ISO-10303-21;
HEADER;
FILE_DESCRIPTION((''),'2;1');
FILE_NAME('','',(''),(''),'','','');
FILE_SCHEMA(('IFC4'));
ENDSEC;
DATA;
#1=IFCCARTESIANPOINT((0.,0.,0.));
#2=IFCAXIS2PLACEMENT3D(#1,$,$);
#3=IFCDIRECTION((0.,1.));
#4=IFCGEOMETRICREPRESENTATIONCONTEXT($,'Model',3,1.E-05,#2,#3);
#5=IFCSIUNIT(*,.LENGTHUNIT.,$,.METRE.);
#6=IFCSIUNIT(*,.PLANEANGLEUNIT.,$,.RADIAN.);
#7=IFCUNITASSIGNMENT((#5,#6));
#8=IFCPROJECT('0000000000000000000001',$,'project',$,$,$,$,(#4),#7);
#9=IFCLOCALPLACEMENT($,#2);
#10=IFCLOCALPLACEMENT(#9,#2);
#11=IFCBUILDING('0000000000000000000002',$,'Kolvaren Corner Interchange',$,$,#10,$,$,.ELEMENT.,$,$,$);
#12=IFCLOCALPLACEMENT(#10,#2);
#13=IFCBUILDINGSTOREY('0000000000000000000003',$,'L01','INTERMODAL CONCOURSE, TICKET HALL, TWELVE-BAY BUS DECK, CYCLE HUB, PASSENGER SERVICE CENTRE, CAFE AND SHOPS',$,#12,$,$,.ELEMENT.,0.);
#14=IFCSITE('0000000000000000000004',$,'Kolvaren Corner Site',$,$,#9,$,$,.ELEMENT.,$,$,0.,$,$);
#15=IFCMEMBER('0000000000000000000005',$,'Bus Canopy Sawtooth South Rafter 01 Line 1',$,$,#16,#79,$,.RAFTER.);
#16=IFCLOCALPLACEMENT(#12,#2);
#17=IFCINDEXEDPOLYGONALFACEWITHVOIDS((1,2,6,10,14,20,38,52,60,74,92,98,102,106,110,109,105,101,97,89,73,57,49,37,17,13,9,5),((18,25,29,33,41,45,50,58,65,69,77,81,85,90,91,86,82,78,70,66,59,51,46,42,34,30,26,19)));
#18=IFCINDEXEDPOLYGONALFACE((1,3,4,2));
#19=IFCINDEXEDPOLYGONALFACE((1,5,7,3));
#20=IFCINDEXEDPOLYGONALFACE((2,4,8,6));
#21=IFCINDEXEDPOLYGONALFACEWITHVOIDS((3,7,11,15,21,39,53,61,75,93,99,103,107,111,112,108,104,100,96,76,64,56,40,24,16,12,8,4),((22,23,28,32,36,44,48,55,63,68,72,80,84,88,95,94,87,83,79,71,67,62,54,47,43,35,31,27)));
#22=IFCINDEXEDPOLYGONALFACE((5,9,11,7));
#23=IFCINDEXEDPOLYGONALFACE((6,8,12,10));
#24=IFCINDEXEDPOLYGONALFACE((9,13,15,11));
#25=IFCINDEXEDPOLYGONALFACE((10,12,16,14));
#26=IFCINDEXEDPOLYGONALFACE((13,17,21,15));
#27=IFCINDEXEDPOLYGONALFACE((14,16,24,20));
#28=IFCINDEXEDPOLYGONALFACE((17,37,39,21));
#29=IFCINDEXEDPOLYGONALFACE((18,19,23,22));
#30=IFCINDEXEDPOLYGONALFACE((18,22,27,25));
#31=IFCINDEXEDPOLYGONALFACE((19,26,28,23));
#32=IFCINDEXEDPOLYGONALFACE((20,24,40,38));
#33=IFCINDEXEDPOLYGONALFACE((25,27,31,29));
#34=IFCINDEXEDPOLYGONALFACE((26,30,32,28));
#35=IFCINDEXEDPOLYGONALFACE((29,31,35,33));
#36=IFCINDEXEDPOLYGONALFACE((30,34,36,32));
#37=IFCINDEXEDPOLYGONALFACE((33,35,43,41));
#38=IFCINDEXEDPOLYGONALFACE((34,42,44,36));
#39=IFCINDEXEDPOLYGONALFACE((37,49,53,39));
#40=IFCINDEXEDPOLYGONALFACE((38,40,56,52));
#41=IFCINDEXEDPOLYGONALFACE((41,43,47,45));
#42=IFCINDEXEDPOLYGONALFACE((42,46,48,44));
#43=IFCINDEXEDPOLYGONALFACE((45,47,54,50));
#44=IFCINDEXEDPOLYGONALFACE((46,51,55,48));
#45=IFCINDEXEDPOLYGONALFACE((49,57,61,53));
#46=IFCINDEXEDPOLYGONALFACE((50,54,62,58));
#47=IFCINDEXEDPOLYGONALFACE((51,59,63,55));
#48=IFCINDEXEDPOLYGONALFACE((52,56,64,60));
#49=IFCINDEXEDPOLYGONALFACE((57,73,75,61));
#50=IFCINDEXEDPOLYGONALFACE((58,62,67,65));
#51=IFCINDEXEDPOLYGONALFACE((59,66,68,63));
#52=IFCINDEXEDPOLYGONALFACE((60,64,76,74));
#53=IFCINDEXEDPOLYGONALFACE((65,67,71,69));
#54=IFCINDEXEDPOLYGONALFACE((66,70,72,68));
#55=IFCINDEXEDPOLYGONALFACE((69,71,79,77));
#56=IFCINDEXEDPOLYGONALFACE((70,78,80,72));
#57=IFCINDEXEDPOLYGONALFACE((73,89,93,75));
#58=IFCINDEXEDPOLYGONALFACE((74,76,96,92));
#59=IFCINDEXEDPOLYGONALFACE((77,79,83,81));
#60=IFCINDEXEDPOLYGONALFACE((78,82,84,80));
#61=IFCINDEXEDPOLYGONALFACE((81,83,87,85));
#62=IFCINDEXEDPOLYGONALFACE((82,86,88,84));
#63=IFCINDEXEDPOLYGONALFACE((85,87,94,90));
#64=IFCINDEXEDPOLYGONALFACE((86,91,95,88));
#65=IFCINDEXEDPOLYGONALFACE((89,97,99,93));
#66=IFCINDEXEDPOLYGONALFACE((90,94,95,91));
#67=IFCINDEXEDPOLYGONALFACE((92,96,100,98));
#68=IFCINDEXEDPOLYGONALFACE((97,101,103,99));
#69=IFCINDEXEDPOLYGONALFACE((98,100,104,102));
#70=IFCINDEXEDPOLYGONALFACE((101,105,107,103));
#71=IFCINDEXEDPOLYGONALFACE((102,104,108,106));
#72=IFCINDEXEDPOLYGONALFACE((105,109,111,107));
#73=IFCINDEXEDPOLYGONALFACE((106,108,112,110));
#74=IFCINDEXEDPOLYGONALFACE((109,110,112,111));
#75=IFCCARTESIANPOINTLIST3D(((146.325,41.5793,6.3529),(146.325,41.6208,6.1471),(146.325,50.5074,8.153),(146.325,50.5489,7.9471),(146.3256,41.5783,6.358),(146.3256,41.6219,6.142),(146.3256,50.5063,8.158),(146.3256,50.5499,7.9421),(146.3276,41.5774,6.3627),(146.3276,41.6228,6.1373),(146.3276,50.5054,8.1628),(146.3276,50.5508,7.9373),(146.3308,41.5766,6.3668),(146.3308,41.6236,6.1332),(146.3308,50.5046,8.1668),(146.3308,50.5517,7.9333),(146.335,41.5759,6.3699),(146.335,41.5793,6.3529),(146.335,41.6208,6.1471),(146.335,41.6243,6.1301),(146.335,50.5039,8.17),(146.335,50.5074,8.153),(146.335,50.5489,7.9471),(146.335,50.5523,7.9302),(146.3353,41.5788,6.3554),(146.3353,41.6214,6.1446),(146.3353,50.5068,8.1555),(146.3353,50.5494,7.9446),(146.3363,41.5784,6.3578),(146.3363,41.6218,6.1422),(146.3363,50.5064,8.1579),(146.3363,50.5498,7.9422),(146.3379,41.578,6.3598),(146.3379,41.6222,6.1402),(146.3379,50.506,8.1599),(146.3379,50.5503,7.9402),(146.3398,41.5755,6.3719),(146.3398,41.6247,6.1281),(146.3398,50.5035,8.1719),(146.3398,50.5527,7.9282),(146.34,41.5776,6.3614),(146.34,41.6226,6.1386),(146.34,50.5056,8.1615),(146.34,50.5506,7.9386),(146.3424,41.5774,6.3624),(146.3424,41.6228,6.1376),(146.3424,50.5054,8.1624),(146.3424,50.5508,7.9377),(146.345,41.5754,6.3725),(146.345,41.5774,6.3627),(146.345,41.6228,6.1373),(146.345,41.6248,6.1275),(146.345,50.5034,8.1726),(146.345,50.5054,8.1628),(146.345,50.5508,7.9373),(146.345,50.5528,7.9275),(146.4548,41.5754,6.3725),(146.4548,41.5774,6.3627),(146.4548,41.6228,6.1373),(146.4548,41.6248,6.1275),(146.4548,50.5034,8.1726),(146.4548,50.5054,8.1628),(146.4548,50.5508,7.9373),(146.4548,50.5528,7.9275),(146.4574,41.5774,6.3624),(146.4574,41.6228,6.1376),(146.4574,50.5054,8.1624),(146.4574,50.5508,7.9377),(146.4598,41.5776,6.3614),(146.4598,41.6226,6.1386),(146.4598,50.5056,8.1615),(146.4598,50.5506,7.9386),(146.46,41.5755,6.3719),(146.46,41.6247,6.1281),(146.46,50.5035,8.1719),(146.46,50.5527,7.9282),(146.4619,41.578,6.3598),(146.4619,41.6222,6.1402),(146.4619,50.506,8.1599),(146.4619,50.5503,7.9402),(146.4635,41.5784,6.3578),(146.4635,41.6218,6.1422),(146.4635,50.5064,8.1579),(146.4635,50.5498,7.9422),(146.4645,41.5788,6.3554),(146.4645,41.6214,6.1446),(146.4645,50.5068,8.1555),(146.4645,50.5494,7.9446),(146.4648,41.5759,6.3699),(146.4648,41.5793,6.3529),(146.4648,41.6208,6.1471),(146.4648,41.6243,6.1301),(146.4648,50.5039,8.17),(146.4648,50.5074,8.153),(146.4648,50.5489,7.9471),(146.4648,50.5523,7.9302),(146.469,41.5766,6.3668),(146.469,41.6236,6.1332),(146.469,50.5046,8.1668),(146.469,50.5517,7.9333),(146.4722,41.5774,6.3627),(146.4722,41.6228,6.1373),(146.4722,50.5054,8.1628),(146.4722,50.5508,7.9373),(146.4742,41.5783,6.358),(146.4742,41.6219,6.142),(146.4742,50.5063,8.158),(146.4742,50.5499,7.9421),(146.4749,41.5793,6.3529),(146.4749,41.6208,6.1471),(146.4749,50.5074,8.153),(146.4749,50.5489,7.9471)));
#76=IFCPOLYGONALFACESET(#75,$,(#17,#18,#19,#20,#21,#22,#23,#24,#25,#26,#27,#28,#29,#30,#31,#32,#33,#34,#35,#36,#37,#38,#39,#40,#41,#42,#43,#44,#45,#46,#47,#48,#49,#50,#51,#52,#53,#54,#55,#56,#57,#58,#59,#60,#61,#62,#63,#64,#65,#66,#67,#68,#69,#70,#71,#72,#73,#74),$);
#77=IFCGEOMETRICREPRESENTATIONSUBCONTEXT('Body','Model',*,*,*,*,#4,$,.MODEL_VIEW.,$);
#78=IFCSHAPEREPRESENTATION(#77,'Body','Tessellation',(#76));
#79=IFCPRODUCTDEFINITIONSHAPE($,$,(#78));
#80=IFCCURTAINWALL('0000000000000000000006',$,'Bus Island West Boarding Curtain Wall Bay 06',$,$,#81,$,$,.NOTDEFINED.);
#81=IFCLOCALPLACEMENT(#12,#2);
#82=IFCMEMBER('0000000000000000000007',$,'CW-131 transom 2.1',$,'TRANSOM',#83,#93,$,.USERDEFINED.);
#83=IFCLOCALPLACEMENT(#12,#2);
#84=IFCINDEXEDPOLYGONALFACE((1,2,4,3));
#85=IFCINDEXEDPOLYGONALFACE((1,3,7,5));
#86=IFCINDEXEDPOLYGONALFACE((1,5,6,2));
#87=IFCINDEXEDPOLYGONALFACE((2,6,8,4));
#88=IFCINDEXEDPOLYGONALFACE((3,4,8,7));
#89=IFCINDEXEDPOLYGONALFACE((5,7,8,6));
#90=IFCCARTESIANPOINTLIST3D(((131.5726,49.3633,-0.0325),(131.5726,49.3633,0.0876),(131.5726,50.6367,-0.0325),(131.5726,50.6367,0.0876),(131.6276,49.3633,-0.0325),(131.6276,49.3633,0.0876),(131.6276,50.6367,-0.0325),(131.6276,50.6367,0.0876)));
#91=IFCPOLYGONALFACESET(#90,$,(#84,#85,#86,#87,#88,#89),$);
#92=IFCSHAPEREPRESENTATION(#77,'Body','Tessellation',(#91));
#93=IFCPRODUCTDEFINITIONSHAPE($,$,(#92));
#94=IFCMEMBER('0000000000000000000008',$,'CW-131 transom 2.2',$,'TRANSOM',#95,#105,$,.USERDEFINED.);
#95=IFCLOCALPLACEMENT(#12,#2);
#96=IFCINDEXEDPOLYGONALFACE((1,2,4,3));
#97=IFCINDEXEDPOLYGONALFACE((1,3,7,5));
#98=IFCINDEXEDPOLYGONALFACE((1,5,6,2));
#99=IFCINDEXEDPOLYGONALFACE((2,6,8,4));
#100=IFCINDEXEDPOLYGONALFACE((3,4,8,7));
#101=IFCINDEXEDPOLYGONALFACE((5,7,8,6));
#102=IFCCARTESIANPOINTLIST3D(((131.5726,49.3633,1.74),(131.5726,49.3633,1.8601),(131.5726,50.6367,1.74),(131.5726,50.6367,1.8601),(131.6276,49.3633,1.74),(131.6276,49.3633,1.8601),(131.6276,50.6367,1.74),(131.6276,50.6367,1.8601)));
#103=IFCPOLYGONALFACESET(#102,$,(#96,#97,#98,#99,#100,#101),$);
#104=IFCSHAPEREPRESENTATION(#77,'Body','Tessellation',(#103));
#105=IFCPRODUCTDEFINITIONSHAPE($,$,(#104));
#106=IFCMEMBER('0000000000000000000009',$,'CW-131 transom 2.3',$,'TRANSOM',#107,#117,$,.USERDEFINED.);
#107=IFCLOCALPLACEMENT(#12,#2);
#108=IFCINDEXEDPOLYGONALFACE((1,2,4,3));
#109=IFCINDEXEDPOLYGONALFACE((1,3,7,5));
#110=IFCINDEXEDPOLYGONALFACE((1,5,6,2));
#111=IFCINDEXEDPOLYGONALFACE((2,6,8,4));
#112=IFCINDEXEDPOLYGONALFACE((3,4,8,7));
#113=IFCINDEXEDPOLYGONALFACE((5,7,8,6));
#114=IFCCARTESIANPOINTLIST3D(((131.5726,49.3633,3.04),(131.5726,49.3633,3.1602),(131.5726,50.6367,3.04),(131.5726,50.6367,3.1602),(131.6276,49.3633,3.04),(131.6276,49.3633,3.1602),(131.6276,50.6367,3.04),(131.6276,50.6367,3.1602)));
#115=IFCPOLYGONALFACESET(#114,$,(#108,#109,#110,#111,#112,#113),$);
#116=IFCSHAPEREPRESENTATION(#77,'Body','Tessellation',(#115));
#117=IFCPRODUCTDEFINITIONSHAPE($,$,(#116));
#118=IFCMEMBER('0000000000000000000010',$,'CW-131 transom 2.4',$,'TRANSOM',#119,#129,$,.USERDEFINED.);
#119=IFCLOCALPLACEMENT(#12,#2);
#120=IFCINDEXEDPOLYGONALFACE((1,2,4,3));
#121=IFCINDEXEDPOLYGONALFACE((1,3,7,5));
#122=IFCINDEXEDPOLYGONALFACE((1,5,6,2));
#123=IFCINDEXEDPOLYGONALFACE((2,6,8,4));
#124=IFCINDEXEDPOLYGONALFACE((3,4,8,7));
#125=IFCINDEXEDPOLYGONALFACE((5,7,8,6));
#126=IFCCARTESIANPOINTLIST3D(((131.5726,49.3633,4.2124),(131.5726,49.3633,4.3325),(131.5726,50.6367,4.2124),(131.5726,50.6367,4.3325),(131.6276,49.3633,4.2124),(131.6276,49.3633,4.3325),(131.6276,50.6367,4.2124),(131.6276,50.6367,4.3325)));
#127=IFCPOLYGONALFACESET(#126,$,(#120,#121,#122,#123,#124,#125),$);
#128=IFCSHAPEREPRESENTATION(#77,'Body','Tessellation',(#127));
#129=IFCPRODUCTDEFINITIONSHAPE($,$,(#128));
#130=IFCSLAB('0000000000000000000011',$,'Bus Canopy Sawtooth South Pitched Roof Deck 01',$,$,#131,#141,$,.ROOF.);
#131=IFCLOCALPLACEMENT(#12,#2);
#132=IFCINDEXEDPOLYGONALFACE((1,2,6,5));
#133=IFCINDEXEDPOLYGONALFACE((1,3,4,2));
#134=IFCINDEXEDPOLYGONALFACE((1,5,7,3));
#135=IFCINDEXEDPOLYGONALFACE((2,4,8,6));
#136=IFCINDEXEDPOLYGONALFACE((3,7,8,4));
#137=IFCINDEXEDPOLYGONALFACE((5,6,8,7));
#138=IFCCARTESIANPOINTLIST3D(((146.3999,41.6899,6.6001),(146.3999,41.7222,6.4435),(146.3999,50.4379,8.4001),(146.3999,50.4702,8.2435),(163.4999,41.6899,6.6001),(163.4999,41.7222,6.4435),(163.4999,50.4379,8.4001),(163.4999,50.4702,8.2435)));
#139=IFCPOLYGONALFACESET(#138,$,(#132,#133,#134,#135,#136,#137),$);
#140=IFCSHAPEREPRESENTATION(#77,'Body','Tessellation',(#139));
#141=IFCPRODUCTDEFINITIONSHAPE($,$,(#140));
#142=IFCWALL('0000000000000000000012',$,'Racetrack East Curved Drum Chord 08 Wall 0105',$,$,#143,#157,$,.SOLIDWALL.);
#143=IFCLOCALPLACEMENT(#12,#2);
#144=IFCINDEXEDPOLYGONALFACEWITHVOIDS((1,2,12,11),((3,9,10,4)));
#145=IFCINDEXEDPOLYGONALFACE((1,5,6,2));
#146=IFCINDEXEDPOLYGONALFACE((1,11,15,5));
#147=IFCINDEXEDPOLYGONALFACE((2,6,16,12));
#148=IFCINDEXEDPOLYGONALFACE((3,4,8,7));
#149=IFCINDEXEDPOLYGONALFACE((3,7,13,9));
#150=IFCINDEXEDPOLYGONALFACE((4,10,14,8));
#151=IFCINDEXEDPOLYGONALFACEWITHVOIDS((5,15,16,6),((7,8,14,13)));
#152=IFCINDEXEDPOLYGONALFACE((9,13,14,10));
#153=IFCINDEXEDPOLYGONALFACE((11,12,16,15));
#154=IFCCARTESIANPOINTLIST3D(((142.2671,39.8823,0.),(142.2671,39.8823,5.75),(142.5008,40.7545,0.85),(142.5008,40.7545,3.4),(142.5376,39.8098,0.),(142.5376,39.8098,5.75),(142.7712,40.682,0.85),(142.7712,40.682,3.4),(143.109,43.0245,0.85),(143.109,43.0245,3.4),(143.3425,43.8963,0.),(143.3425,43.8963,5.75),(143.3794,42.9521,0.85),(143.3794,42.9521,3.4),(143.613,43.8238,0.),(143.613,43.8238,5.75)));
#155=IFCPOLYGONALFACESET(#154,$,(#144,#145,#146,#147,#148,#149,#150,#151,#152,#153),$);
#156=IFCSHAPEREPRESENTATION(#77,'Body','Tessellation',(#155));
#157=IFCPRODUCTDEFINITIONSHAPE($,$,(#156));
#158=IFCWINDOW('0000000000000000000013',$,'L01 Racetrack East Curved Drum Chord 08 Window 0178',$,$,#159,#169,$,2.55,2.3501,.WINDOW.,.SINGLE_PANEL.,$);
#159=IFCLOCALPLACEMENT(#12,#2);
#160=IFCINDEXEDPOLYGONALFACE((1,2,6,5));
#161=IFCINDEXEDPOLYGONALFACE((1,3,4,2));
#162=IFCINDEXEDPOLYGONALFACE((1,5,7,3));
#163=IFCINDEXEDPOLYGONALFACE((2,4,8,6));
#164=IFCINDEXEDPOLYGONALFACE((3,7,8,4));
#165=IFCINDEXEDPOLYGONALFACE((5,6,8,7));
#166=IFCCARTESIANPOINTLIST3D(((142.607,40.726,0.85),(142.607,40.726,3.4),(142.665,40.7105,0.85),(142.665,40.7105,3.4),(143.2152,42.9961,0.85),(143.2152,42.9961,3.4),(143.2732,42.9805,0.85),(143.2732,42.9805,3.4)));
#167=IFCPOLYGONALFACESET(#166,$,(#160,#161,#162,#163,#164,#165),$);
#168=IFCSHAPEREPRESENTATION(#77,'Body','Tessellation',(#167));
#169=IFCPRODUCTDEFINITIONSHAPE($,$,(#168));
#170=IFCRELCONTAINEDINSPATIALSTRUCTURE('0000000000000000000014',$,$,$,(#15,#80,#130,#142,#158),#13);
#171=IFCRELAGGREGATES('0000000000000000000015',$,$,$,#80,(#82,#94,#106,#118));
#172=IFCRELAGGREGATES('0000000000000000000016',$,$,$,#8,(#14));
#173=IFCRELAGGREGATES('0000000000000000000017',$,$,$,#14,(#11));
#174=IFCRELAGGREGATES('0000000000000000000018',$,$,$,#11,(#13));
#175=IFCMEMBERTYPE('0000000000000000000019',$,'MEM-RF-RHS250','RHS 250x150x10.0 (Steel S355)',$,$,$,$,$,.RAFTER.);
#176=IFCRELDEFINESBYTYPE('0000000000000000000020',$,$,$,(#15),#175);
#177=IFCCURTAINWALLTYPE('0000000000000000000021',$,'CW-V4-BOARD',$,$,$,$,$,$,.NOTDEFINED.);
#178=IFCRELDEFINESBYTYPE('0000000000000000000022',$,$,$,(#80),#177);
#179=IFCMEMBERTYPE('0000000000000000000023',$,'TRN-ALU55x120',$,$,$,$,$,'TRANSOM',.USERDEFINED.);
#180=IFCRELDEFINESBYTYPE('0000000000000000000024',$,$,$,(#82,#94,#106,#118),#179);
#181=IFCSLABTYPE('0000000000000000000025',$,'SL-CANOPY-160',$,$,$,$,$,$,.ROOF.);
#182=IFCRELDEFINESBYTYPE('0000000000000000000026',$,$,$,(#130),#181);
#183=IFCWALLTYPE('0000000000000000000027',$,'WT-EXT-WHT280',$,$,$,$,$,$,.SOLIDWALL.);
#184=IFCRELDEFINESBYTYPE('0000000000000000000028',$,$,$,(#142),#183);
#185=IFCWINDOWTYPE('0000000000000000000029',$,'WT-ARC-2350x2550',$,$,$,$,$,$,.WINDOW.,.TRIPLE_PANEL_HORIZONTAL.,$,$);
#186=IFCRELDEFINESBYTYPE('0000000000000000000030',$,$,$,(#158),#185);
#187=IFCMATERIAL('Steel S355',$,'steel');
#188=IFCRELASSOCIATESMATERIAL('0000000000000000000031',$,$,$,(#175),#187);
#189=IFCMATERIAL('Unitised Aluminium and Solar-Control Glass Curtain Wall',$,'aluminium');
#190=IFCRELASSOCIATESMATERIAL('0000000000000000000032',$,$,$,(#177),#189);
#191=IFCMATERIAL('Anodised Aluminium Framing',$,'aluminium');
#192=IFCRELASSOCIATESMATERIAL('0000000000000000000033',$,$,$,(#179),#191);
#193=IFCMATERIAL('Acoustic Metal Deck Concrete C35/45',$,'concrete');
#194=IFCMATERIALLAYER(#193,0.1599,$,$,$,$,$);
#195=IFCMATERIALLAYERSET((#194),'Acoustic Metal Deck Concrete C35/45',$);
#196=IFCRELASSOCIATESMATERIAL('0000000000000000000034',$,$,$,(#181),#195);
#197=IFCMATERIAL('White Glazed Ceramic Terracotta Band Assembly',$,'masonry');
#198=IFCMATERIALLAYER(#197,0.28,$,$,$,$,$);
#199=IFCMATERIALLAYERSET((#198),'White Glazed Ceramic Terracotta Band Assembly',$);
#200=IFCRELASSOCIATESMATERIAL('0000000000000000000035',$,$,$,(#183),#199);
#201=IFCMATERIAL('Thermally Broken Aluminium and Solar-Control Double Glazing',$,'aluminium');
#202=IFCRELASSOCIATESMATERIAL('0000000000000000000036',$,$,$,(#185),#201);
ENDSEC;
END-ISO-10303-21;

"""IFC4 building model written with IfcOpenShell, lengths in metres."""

from ifc_helpers import new_model, si_unit, direction, frame, frame_2d, origin, origin_2d, place, context, subcontext, project, spatial, polyline, rectangle, hollow_rectangle, outline, extrude, material, layer, layer_set, material_profile, profile_set, type_object, element, fill, aggregate, save


model = new_model("IFC4")

# Units and contexts
model_context = context("Model", 3, precision=1e-05, world=origin(), true_north=direction((0.0, 1.0)))
body_context = subcontext(model_context, "Body", "Model", "MODEL_VIEW")
ifc_project = project(units=[si_unit("LENGTHUNIT", "METRE"), si_unit("PLANEANGLEUNIT", "RADIAN")], contexts=[model_context])

# Site, building, storey
site_placement = place(None, origin())
site = spatial("IfcSite", under=ifc_project, at=site_placement, Name="Kolvaren Corner Site", CompositionType="ELEMENT", RefElevation=0.0)
building_placement = place(site_placement, origin())
building = spatial("IfcBuilding", under=site, at=building_placement, Name="Kolvaren Corner Interchange", CompositionType="ELEMENT")
storey_placement = place(building_placement, origin())
storey = spatial("IfcBuildingStorey", under=building, at=storey_placement, Name="L01", Description="INTERMODAL CONCOURSE, TICKET HALL, TWELVE-BAY BUS DECK, CYCLE HUB, PASSENGER SERVICE CENTRE, CAFE AND SHOPS", CompositionType="ELEMENT", Elevation=0.0)

# Member
ifc_material_1 = material(Name="Steel S355", Category="steel")
ifc_material_profile_1 = material_profile(ifc_material_1, hollow_rectangle(XDim=0.1499, YDim=0.25, WallThickness=0.01, InnerFilletRadius=0.01, OuterFilletRadius=0.02, at=origin_2d()), Name="RHS 250x150x10.0")
ifc_profile_set_1 = profile_set([ifc_material_profile_1], Name="Steel S355")
member_type_1 = type_object("IfcMemberType", Name="MEM-RF-RHS250", Description="RHS 250x150x10.0 (Steel S355)", PredefinedType="RAFTER", material=ifc_profile_set_1)
member_1_placement = place(storey_placement, frame((146.3999, 41.6001, 6.25), z_axis=(0.0, 0.980274, 0.197642), x_axis=(-1.0, 0.0, 0.0)))
element("IfcMember", 1, at=member_1_placement, inside=storey, type_object=member_type_1, Name="Bus Canopy Sawtooth South Rafter 01 Line 1", PredefinedType="RAFTER", context=body_context, shape_type="SweptSolid", body=[
    extrude(hollow_rectangle(XDim=0.1499, YDim=0.25, WallThickness=0.01, InnerFilletRadius=0.01, OuterFilletRadius=0.02, at=origin_2d()), origin(), (0.0, 0.0, 1.0), 9.1077),
])

# Curtain wall, members
ifc_material_2 = material(Name="Unitised Aluminium and Solar-Control Glass Curtain Wall", Category="aluminium")
curtain_wall_type = type_object("IfcCurtainWallType", Name="CW-V4-BOARD", PredefinedType="NOTDEFINED", material=ifc_material_2)
curtain_wall_placement = place(storey_placement, origin())
curtain_wall = element("IfcCurtainWall", 2, at=curtain_wall_placement, inside=storey, type_object=curtain_wall_type, Name="Bus Island West Boarding Curtain Wall Bay 06", PredefinedType="NOTDEFINED")
ifc_material_3 = material(Name="Anodised Aluminium Framing", Category="aluminium")
ifc_material_profile_2 = material_profile(ifc_material_3, rectangle(XDim=0.0549, YDim=0.1201, at=origin_2d()), Name="ALU 55x120")
ifc_profile_set_2 = profile_set([ifc_material_profile_2], Name="Anodised Aluminium Framing")
member_type_2 = type_object("IfcMemberType", Name="TRN-ALU55x120", ElementType="TRANSOM", PredefinedType="USERDEFINED", material=ifc_profile_set_2)
member_2_placement = place(storey_placement, frame((131.6001, 49.3633, 0.0276), z_axis=(0.0, 1.0, 0.0), x_axis=(-1.0, 0.0, 0.0)))
member_2 = element("IfcMember", 3, at=member_2_placement, type_object=member_type_2, Name="CW-131 transom 2.1", ObjectType="TRANSOM", PredefinedType="USERDEFINED", context=body_context, shape_type="SweptSolid", body=[
    extrude(rectangle(XDim=0.0549, YDim=0.1201, at=origin_2d()), origin(), (0.0, 0.0, 1.0), 1.2734),
])
member_3_placement = place(storey_placement, frame((131.6001, 49.3633, 1.8), z_axis=(0.0, 1.0, 0.0), x_axis=(-1.0, 0.0, 0.0)))
member_3 = element("IfcMember", 4, at=member_3_placement, type_object=member_type_2, Name="CW-131 transom 2.2", ObjectType="TRANSOM", PredefinedType="USERDEFINED", context=body_context, shape_type="SweptSolid", body=[
    extrude(rectangle(XDim=0.0549, YDim=0.1201, at=origin_2d()), origin(), (0.0, 0.0, 1.0), 1.2734),
])
member_4_placement = place(storey_placement, frame((131.6001, 49.3633, 3.1001), z_axis=(0.0, 1.0, 0.0), x_axis=(-1.0, 0.0, 0.0)))
member_4 = element("IfcMember", 5, at=member_4_placement, type_object=member_type_2, Name="CW-131 transom 2.3", ObjectType="TRANSOM", PredefinedType="USERDEFINED", context=body_context, shape_type="SweptSolid", body=[
    extrude(rectangle(XDim=0.0549, YDim=0.1201, at=origin_2d()), origin(), (0.0, 0.0, 1.0), 1.2734),
])
member_5_placement = place(storey_placement, frame((131.6001, 49.3633, 4.2725), z_axis=(0.0, 1.0, 0.0), x_axis=(-1.0, 0.0, 0.0)))
member_5 = element("IfcMember", 6, at=member_5_placement, type_object=member_type_2, Name="CW-131 transom 2.4", ObjectType="TRANSOM", PredefinedType="USERDEFINED", context=body_context, shape_type="SweptSolid", body=[
    extrude(rectangle(XDim=0.0549, YDim=0.1201, at=origin_2d()), origin(), (0.0, 0.0, 1.0), 1.2734),
])
aggregate(curtain_wall, [member_2, member_3, member_4, member_5])

# Slab
ifc_material_4 = material(Name="Acoustic Metal Deck Concrete C35/45", Category="concrete")
ifc_layer_1 = layer(ifc_material_4, 0.1599)
ifc_layer_set_1 = layer_set([ifc_layer_1], Name="Acoustic Metal Deck Concrete C35/45")
slab_type = type_object("IfcSlabType", Name="SL-CANOPY-160", PredefinedType="ROOF", material=ifc_layer_set_1)
slab_placement = place(storey_placement, frame((146.3999, 41.6899, 6.6001), z_axis=(0.0, -0.201539, 0.97948), x_axis=(1.0, 0.0, 0.0)))
element("IfcSlab", 7, at=slab_placement, inside=storey, type_object=slab_type, Name="Bus Canopy Sawtooth South Pitched Roof Deck 01", PredefinedType="ROOF", context=body_context, shape_type="SweptSolid", body=[
    extrude(outline(polyline([(0.0, 0.0), (17.1, 0.0), (17.1, 8.9313), (0.0, 8.9313), (0.0, 0.0)])), origin(), (0.0, 0.0, -1.0), 0.1599),
])

# Wall, opening, window
ifc_material_5 = material(Name="White Glazed Ceramic Terracotta Band Assembly", Category="masonry")
ifc_layer_2 = layer(ifc_material_5, 0.28)
ifc_layer_set_2 = layer_set([ifc_layer_2], Name="White Glazed Ceramic Terracotta Band Assembly")
wall_type = type_object("IfcWallType", Name="WT-EXT-WHT280", PredefinedType="SOLIDWALL", material=ifc_layer_set_2)
wall_1_placement = place(storey_placement, frame((142.4023, 39.8462, 0.0), z_axis=(0.0, 0.0, 1.0), x_axis=(0.2588, 0.965931, 0.0)))
wall_1 = element("IfcWall", 8, at=wall_1_placement, inside=storey, type_object=wall_type, Name="Racetrack East Curved Drum Chord 08 Wall 0105", PredefinedType="SOLIDWALL", context=body_context, shape_type="SweptSolid", body=[
    extrude(rectangle(XDim=4.1555, YDim=0.28, at=frame_2d((2.0776, 0.0))), origin(), (0.0, 0.0, 1.0), 5.75),
])
opening_1_placement = place(wall_1_placement, frame((0.9028, 0.0, 0.8501)))
opening_1 = element("IfcOpeningElement", 9, at=opening_1_placement, cuts=wall_1, PredefinedType="OPENING", context=body_context, shape_type="SweptSolid", body=[
    extrude(rectangle(XDim=2.3501, YDim=2.55, at=frame_2d((1.175, 1.2749))), frame((0.0, 0.1499, 0.0), z_axis=(0.0, -1.0, 0.0), x_axis=(1.0, 0.0, 0.0)), (0.0, 0.0, 1.0), 0.3),
])
ifc_material_6 = material(Name="Thermally Broken Aluminium and Solar-Control Double Glazing", Category="aluminium")
window_type = type_object("IfcWindowType", Name="WT-ARC-2350x2550", PartitioningType="TRIPLE_PANEL_HORIZONTAL", PredefinedType="WINDOW", material=ifc_material_6)
window_1_placement = place(opening_1_placement, origin())
window_1 = element("IfcWindow", 10, at=window_1_placement, inside=storey, type_object=window_type, Name="L01 Racetrack East Curved Drum Chord 08 Window 0178", OverallHeight=2.55, OverallWidth=2.3501, PartitioningType="SINGLE_PANEL", PredefinedType="WINDOW", context=body_context, shape_type="SweptSolid", body=[
    extrude(rectangle(XDim=2.3501, YDim=2.55, at=frame_2d((1.175, 1.2749))), frame((0.0, 0.03, 0.0), z_axis=(0.0, -1.0, 0.0), x_axis=(1.0, 0.0, 0.0)), (0.0, 0.0, 1.0), 0.0601),
])
fill(opening_1, window_1)

save(model, "model.ifc")
